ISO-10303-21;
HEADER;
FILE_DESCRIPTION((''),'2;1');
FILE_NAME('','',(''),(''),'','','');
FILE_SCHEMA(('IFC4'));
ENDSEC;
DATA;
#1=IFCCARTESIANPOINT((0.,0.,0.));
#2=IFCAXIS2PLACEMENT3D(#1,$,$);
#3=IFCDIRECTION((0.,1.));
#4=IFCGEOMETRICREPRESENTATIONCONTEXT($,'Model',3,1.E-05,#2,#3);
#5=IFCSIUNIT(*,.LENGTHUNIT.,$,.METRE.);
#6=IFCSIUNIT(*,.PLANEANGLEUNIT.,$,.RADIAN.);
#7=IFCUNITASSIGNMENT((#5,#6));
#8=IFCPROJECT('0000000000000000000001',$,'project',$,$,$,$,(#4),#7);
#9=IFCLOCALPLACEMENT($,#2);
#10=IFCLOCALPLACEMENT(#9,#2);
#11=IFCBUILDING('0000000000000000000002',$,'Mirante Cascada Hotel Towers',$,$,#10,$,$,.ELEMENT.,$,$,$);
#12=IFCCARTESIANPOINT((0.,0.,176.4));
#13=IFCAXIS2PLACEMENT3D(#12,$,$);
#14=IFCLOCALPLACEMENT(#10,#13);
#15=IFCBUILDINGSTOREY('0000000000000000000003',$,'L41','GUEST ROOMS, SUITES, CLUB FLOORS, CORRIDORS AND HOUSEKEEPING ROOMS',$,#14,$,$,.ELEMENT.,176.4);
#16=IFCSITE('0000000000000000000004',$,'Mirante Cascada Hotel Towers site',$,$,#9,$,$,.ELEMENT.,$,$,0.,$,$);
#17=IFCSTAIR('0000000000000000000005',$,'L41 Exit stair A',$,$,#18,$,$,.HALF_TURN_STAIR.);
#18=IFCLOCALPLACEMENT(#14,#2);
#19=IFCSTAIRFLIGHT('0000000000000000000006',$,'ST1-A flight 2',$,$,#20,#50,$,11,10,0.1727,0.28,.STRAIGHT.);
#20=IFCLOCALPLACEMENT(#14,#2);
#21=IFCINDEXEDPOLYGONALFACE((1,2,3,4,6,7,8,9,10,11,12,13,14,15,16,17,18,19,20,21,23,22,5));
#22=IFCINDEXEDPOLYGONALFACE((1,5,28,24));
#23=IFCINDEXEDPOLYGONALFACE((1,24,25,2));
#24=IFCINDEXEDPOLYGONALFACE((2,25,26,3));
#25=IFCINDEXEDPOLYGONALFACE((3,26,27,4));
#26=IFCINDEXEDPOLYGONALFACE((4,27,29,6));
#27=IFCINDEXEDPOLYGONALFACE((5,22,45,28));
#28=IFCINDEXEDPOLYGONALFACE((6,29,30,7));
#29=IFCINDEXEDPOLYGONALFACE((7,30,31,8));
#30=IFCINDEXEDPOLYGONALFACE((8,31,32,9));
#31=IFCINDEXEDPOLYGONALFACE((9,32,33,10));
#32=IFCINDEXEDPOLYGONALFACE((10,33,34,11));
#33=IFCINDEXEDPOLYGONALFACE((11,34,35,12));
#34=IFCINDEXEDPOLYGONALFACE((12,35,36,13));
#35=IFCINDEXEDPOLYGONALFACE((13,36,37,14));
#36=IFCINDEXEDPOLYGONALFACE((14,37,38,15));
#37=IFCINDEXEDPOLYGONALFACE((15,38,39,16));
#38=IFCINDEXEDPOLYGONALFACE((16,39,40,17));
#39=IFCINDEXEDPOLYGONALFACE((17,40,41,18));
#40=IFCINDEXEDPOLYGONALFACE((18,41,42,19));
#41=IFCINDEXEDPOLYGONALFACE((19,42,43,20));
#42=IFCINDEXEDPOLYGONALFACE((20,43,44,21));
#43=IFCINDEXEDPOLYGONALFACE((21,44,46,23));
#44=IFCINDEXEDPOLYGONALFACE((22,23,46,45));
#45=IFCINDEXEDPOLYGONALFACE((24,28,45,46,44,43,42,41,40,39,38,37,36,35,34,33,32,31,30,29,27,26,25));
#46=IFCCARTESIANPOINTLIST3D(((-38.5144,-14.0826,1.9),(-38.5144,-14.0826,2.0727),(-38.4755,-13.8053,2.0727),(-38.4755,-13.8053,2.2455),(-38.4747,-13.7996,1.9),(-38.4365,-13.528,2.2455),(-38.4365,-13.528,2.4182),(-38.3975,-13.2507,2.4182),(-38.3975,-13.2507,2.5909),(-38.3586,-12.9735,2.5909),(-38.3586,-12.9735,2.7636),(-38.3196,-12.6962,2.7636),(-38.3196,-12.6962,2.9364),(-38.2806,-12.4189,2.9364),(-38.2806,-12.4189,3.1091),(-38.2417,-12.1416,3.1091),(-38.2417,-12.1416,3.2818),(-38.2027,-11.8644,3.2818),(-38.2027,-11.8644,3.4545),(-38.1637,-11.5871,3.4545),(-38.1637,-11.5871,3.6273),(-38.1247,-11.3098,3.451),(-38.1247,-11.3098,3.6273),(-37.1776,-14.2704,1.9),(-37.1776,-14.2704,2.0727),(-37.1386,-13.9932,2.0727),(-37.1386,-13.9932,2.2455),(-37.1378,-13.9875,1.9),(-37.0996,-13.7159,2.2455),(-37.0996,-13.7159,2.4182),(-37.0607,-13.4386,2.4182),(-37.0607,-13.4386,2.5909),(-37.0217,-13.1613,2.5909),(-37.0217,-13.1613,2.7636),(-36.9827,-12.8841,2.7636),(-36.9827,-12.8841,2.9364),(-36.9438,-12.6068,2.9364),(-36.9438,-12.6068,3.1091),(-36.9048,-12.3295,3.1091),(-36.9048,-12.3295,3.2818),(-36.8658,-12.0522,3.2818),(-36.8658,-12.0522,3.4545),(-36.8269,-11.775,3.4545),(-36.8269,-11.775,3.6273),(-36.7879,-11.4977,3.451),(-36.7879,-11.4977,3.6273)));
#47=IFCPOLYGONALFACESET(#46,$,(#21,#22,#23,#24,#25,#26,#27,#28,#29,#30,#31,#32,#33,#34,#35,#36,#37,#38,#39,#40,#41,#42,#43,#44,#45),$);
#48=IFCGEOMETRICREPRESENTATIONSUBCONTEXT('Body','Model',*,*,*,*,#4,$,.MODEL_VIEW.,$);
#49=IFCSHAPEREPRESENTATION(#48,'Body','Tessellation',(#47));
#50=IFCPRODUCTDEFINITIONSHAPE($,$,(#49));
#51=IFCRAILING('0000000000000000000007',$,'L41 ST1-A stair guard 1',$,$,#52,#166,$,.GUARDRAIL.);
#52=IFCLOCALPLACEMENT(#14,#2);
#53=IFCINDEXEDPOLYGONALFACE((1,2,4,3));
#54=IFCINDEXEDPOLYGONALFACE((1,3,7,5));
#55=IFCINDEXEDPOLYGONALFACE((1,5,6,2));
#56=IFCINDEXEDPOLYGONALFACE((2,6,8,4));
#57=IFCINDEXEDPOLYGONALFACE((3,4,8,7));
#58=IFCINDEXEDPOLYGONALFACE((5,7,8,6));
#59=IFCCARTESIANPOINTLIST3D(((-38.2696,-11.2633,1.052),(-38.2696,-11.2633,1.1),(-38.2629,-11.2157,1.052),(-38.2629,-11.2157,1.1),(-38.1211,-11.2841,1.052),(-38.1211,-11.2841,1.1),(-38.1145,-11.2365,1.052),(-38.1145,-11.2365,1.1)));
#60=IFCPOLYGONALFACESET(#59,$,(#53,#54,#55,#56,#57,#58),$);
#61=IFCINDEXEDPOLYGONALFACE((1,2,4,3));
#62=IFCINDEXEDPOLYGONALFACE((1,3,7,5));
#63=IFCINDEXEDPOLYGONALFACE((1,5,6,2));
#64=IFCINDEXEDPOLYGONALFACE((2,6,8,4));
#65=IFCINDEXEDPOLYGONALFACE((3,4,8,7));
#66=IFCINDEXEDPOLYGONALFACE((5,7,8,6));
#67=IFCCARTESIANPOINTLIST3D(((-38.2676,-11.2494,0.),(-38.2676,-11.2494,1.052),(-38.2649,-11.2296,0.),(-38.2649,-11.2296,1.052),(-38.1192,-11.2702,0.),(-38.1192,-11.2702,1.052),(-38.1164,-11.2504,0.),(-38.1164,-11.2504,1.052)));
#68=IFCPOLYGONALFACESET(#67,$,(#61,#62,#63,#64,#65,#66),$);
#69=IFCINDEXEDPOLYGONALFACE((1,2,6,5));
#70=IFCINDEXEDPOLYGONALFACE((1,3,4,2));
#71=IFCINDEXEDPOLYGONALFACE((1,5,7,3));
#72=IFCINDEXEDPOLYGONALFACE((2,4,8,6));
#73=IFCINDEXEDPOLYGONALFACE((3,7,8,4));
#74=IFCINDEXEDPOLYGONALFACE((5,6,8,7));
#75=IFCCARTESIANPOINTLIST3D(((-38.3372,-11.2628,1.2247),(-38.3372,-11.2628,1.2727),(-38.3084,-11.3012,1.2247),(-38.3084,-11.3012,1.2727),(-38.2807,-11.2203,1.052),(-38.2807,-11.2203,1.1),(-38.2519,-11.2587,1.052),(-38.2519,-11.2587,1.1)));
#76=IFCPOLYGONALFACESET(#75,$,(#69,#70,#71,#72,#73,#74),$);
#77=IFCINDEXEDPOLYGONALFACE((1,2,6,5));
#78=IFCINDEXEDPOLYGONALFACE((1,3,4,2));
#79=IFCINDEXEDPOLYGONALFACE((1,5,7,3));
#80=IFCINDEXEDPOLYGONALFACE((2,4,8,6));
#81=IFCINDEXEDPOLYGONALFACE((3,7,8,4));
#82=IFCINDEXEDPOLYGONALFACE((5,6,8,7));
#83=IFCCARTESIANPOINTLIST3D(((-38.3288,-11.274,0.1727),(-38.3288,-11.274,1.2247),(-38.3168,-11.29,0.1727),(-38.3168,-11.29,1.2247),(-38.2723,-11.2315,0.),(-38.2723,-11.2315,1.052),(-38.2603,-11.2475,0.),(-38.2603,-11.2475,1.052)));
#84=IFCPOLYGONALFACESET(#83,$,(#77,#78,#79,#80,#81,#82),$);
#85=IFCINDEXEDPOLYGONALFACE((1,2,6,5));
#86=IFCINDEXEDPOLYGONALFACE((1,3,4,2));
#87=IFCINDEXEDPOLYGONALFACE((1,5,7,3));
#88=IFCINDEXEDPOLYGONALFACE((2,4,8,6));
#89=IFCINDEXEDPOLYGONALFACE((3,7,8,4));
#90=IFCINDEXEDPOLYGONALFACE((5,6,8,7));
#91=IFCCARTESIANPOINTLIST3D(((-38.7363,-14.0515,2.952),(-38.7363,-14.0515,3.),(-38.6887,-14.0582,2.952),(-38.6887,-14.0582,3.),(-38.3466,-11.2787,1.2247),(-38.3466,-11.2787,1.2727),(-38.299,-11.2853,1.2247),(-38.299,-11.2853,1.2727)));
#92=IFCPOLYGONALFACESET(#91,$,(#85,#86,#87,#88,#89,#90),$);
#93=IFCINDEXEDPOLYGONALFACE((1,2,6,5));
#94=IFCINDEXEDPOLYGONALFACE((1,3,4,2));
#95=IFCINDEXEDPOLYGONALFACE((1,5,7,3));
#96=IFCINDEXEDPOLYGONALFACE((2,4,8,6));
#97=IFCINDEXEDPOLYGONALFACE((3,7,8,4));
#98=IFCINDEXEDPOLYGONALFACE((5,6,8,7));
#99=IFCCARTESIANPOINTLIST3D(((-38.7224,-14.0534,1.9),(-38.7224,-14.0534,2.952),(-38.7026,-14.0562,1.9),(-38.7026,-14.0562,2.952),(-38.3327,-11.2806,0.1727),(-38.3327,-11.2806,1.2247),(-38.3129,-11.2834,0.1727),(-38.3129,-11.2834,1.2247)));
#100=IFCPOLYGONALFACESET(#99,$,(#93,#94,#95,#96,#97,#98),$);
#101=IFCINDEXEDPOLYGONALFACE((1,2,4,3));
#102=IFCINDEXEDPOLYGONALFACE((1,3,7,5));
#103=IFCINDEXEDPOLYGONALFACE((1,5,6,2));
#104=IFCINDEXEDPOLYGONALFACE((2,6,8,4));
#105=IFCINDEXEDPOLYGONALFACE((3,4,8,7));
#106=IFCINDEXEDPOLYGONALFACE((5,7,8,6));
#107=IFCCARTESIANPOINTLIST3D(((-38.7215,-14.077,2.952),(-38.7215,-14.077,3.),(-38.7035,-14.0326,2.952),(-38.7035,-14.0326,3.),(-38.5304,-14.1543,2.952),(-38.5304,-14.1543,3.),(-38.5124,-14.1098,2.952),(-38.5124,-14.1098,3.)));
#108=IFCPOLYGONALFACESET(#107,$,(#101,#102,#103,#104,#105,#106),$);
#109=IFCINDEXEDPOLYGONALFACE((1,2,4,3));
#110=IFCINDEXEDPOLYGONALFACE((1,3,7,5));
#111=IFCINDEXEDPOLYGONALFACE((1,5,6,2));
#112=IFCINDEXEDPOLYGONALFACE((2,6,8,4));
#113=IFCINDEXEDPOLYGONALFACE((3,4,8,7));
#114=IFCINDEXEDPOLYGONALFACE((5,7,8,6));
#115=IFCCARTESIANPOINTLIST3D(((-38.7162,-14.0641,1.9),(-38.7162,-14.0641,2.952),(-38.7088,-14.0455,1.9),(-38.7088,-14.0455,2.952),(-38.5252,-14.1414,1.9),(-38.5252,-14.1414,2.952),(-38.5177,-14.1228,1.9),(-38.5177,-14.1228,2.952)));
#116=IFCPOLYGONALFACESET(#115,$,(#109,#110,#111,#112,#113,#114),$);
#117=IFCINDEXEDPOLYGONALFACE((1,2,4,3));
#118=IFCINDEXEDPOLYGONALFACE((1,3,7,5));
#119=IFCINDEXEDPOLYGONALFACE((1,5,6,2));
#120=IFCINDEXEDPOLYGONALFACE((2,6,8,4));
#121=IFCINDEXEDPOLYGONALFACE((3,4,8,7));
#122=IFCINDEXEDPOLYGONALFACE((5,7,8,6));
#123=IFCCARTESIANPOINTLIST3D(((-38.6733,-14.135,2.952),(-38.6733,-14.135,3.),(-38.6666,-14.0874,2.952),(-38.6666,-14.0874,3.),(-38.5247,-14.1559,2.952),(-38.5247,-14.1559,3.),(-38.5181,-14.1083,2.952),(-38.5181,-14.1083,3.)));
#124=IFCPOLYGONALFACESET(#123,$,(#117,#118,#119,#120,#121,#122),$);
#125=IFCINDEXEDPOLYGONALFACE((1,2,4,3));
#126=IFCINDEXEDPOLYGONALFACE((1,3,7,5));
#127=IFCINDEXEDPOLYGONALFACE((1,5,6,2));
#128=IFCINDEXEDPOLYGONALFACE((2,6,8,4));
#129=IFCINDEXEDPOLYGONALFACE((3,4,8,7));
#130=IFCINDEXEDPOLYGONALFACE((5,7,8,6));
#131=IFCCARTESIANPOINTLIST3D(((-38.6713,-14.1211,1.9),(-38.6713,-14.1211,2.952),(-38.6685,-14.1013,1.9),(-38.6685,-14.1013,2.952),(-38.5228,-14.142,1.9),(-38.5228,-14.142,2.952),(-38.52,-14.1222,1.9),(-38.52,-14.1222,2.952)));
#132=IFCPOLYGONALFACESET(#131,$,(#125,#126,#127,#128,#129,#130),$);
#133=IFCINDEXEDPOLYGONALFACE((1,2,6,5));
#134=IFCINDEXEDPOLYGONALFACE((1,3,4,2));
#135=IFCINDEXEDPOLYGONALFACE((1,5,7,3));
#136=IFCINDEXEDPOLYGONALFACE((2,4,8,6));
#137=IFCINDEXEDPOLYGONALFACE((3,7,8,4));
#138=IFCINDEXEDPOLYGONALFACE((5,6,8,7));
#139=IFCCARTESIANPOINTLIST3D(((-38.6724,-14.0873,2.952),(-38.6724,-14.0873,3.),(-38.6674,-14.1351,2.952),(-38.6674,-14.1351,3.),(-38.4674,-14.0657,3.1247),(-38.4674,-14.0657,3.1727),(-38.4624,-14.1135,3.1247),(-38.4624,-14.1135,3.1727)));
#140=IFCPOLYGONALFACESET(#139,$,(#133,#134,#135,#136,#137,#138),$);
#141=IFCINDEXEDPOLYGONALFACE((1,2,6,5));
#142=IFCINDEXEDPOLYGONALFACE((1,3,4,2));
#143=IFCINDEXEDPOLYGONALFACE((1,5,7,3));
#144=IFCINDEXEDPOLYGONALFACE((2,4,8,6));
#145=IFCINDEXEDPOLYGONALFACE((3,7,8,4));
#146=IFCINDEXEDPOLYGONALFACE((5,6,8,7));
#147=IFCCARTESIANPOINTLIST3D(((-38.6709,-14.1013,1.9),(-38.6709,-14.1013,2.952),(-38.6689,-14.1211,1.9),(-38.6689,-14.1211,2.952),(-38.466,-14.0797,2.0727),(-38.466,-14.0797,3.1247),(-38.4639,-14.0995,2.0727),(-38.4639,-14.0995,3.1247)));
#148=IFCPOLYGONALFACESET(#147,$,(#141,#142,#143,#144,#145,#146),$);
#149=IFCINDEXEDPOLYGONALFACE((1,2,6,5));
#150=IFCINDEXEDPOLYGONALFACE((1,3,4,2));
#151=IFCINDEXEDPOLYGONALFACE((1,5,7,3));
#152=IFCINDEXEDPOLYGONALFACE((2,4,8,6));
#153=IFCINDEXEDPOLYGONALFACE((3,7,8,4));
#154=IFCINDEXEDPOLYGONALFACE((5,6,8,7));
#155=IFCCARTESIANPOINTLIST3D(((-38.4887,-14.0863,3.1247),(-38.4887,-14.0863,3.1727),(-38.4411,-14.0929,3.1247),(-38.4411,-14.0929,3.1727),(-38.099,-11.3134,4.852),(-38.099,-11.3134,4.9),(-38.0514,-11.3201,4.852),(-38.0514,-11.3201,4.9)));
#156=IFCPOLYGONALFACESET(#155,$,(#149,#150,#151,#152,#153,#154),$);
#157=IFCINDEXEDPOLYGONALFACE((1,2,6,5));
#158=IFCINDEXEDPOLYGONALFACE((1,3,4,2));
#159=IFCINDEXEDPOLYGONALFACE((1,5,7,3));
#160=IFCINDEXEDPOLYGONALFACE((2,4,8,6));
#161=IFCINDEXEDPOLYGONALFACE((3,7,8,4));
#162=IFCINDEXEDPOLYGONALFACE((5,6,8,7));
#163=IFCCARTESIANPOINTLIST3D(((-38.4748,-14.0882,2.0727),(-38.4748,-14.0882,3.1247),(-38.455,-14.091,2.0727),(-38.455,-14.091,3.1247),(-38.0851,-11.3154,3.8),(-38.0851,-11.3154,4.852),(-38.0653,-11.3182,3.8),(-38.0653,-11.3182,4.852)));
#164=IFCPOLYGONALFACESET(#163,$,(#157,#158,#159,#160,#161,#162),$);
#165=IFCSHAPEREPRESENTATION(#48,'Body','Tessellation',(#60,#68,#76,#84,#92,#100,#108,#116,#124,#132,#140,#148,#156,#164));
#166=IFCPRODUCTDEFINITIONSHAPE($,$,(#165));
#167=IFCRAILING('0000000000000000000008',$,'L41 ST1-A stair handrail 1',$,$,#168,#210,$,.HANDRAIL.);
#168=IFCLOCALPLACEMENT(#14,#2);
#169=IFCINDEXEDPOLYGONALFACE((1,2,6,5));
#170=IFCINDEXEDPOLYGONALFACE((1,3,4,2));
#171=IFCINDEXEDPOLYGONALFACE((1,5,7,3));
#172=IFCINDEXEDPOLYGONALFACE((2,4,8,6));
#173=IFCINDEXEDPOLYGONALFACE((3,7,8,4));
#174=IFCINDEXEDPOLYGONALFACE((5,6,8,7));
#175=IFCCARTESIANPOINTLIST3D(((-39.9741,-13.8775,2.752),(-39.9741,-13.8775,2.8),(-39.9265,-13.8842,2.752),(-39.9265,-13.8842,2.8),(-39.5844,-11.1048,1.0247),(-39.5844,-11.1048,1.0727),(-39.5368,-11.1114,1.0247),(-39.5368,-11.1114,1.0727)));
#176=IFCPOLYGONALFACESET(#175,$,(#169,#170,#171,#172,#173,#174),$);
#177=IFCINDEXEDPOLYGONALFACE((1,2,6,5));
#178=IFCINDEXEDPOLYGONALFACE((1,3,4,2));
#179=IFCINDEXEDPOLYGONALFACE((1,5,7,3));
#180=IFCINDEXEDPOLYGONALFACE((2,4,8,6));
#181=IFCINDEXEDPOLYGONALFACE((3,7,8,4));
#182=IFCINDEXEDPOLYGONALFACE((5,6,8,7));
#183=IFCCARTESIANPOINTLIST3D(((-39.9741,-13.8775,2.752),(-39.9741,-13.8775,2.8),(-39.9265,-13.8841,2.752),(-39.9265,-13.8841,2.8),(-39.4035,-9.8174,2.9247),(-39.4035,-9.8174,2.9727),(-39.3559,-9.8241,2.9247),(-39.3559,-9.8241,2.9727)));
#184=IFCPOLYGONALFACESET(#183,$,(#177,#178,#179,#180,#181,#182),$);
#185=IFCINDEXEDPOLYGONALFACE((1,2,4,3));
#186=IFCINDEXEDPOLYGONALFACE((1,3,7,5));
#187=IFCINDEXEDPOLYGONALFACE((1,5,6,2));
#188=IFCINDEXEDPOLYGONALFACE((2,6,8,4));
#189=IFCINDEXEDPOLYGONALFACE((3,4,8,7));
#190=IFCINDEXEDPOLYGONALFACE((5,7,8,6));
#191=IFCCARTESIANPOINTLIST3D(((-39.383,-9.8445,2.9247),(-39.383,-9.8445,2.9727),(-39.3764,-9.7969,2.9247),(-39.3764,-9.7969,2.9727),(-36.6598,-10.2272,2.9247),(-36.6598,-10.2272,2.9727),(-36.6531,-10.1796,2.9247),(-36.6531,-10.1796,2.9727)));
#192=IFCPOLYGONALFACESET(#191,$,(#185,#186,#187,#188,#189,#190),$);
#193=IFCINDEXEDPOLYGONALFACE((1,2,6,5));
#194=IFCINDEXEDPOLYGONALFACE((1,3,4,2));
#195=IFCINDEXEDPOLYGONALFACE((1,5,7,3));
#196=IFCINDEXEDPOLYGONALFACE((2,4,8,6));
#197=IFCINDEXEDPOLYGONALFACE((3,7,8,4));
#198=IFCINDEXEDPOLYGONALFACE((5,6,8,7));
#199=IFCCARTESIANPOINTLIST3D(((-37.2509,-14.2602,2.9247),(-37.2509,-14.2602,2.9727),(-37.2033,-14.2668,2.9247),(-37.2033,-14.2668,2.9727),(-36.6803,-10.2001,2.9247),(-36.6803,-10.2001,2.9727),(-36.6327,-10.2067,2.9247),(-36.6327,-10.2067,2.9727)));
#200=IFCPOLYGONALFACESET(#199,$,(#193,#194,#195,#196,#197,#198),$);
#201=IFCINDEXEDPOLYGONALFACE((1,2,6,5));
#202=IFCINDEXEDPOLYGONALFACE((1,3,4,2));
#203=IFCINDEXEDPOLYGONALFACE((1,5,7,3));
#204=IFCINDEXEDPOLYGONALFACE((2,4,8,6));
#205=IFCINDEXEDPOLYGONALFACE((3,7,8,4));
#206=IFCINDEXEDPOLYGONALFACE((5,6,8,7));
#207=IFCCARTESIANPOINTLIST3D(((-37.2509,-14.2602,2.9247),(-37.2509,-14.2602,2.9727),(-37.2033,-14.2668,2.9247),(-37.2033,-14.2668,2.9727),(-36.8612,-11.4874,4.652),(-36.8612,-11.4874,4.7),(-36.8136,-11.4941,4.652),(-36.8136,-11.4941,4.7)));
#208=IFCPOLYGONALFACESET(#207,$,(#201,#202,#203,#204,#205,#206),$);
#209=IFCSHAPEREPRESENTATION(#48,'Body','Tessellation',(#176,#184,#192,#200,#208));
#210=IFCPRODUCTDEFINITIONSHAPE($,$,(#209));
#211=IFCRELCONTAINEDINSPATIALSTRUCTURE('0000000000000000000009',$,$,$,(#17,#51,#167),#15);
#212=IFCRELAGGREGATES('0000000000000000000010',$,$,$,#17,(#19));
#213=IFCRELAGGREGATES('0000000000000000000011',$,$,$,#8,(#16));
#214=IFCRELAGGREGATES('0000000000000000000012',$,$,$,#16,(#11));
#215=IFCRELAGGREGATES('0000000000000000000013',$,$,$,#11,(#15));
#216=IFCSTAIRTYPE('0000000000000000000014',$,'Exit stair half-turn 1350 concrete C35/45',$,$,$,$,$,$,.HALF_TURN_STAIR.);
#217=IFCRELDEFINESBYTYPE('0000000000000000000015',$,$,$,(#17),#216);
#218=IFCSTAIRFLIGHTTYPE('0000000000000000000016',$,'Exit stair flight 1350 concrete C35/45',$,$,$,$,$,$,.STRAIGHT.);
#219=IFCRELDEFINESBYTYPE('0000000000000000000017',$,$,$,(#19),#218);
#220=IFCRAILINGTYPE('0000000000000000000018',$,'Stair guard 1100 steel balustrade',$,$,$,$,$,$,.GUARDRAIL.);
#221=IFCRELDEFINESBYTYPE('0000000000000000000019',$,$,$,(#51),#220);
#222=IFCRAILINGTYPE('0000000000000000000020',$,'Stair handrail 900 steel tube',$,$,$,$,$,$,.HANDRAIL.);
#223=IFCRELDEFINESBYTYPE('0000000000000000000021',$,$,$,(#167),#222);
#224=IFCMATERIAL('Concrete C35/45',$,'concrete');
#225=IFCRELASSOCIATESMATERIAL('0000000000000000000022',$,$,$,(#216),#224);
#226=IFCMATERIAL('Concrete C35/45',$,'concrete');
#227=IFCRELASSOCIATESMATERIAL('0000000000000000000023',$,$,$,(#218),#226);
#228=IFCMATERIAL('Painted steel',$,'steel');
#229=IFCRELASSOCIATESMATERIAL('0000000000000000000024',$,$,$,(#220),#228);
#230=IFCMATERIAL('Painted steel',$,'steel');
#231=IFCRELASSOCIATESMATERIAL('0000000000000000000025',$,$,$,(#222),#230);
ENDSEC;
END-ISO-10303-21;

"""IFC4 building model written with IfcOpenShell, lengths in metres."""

from ifc_helpers import new_model, si_unit, direction, frame, origin, origin_2d, place, context, subcontext, project, spatial, polyline, rectangle, outline, extrude, material, type_object, element, aggregate, save


model = new_model("IFC4")

# Units and contexts
model_context = context("Model", 3, precision=1e-05, world=origin(), true_north=direction((0.0, 1.0)))
body_context = subcontext(model_context, "Body", "Model", "MODEL_VIEW")
ifc_project = project(units=[si_unit("LENGTHUNIT", "METRE"), si_unit("PLANEANGLEUNIT", "RADIAN")], contexts=[model_context])

# Site, building, storey
site_placement = place(None, origin())
site = spatial("IfcSite", under=ifc_project, at=site_placement, Name="Mirante Cascada Hotel Towers site", CompositionType="ELEMENT", RefElevation=0.0)
building_placement = place(site_placement, origin())
building = spatial("IfcBuilding", under=site, at=building_placement, Name="Mirante Cascada Hotel Towers", CompositionType="ELEMENT")
storey_placement = place(building_placement, frame((0.0, 0.0, 176.4)))
storey = spatial("IfcBuildingStorey", under=building, at=storey_placement, Name="L41", Description="GUEST ROOMS, SUITES, CLUB FLOORS, CORRIDORS AND HOUSEKEEPING ROOMS", CompositionType="ELEMENT", Elevation=176.4)

# Stair, stair flight
ifc_material_1 = material(Name="Concrete C35/45", Category="concrete")
stair_type = type_object("IfcStairType", Name="Exit stair half-turn 1350 concrete C35/45", PredefinedType="HALF_TURN_STAIR", material=ifc_material_1)
stair_placement = place(storey_placement, origin())
stair = element("IfcStair", 1, at=stair_placement, inside=storey, type_object=stair_type, Name="L41 Exit stair A", PredefinedType="HALF_TURN_STAIR")
ifc_material_2 = material(Name="Concrete C35/45", Category="concrete")
stair_flight_type = type_object("IfcStairFlightType", Name="Exit stair flight 1350 concrete C35/45", PredefinedType="STRAIGHT", material=ifc_material_2)
stair_flight_1_placement = place(storey_placement, frame((-37.846, -14.1765, 1.9), z_axis=(0.0, 0.0, 1.0), x_axis=(0.139173, 0.990268, 0.0)))
stair_flight_1 = element("IfcStairFlight", 2, at=stair_flight_1_placement, type_object=stair_flight_type, Name="ST1-A flight 2", NumberOfRisers=11, NumberOfTreads=10, PredefinedType="STRAIGHT", RiserHeight=0.1727, TreadLength=0.28, context=body_context, shape_type="SweptSolid", body=[
    extrude(outline(polyline([(0.0, 0.0), (0.0, 0.1727), (0.28, 0.1727), (0.28, 0.3455), (0.56, 0.3455), (0.56, 0.5182), (0.84, 0.5182), (0.84, 0.6909), (1.12, 0.6909), (1.12, 0.8636), (1.4, 0.8636), (1.4, 1.0364), (1.68, 1.0364), (1.68, 1.2091), (1.96, 1.2091), (1.96, 1.3818), (2.24, 1.3818), (2.24, 1.5545), (2.52, 1.5545), (2.52, 1.7273), (2.8, 1.7273), (2.8, 1.9), (2.8, 1.551), (0.2857, 0.0), (0.0, 0.0)])), frame((0.0, 0.675, 0.0), z_axis=(0.0, -1.0, 0.0), x_axis=(1.0, 0.0, 0.0)), (0.0, 0.0, 1.0), 1.35),
])
aggregate(stair, [stair_flight_1])

# Railings
ifc_material_3 = material(Name="Painted steel", Category="steel")
railing_type_1 = type_object("IfcRailingType", Name="Stair guard 1100 steel balustrade", PredefinedType="GUARDRAIL", material=ifc_material_3)
railing_1_placement = place(storey_placement, frame((-38.1178, -11.2603, 0.0)))
element("IfcRailing", 3, at=railing_1_placement, inside=storey, type_object=railing_type_1, Name="L41 ST1-A stair guard 1", PredefinedType="GUARDRAIL", context=body_context, shape_type="SweptSolid", body=[
    extrude(rectangle(XDim=0.048, YDim=0.048, at=origin_2d()), frame((0.0, 0.0, 1.076), z_axis=(-0.990333, 0.138713, 0.0), x_axis=(-0.138713, -0.990333, 0.0)), (0.0, 0.0, 1.0), 0.1499),
    extrude(rectangle(XDim=0.02, YDim=1.052, at=origin_2d()), frame((0.0, 0.0, 0.526), z_axis=(-0.990333, 0.138713, 0.0), x_axis=(-0.138713, -0.990333, 0.0)), (0.0, 0.0, 1.0), 0.1499),
    extrude(rectangle(XDim=0.048, YDim=0.048, at=origin_2d()), frame((-0.1485, 0.0208, 1.076), z_axis=(-0.79915, -0.601131, 0.0), x_axis=(0.601131, -0.79915, 0.0)), (0.0, 0.925453, 0.378863), 0.1866),
    extrude(rectangle(XDim=0.02, YDim=1.052, at=origin_2d()), frame((-0.1485, 0.0208, 0.526), z_axis=(-0.79915, -0.601131, 0.0), x_axis=(0.601131, -0.79915, 0.0)), (0.0, 0.925453, 0.378863), 0.1866),
    extrude(rectangle(XDim=0.048, YDim=0.048, at=origin_2d()), frame((-0.205, -0.0217, 1.2487), z_axis=(-0.139176, -0.990268, 0.0), x_axis=(0.990268, -0.139176, 0.0)), (0.0, 0.525021, 0.851089), 3.29),
    extrude(rectangle(XDim=0.02, YDim=1.052, at=origin_2d()), frame((-0.205, -0.0217, 0.6987), z_axis=(-0.139176, -0.990268, 0.0), x_axis=(0.990268, -0.139176, 0.0)), (0.0, 0.525021, 0.851089), 3.29),
    extrude(rectangle(XDim=0.048, YDim=0.048, at=origin_2d()), frame((-0.5947, -2.7945, 2.976), z_axis=(0.927031, -0.374984, 0.0), x_axis=(0.374984, 0.927031, 0.0)), (0.0, 0.0, 1.0), 0.2061),
    extrude(rectangle(XDim=0.02, YDim=1.052, at=origin_2d()), frame((-0.5947, -2.7945, 2.426), z_axis=(0.927031, -0.374984, 0.0), x_axis=(0.374984, 0.927031, 0.0)), (0.0, 0.0, 1.0), 0.2061),
    extrude(rectangle(XDim=0.048, YDim=0.048, at=origin_2d()), frame((-0.4036, -2.8718, 2.976), z_axis=(-0.990241, 0.139367, 0.0), x_axis=(-0.139367, -0.990241, 0.0)), (0.0, 0.0, 1.0), 0.15),
    extrude(rectangle(XDim=0.02, YDim=1.052, at=origin_2d()), frame((-0.4036, -2.8718, 2.426), z_axis=(-0.990241, 0.139367, 0.0), x_axis=(-0.139367, -0.990241, 0.0)), (0.0, 0.0, 1.0), 0.15),
    extrude(rectangle(XDim=0.048, YDim=0.048, at=origin_2d()), frame((-0.5521, -2.8509, 2.976), z_axis=(0.994495, 0.104786, 0.0), x_axis=(-0.104786, 0.994495, 0.0)), (0.0, 0.642203, 0.766534), 0.2689),
    extrude(rectangle(XDim=0.02, YDim=1.052, at=origin_2d()), frame((-0.5521, -2.8509, 2.426), z_axis=(0.994495, 0.104786, 0.0), x_axis=(-0.104786, 0.994495, 0.0)), (0.0, 0.642203, 0.766534), 0.2689),
    extrude(rectangle(XDim=0.048, YDim=0.048, at=origin_2d()), frame((-0.3471, -2.8293, 3.1487), z_axis=(0.139176, 0.990268, 0.0), x_axis=(-0.990268, 0.139176, 0.0)), (0.0, 0.525021, 0.851089), 3.29),
    extrude(rectangle(XDim=0.02, YDim=1.052, at=origin_2d()), frame((-0.3471, -2.8293, 2.5987), z_axis=(0.139176, 0.990268, 0.0), x_axis=(-0.990268, 0.139176, 0.0)), (0.0, 0.525021, 0.851089), 3.29),
])
ifc_material_4 = material(Name="Painted steel", Category="steel")
railing_type_2 = type_object("IfcRailingType", Name="Stair handrail 900 steel tube", PredefinedType="HANDRAIL", material=ifc_material_4)
railing_2_placement = place(storey_placement, frame((-39.5606, -11.1081, 0.1727)))
element("IfcRailing", 4, at=railing_2_placement, inside=storey, type_object=railing_type_2, Name="L41 ST1-A stair handrail 1", PredefinedType="HANDRAIL", context=body_context, shape_type="SweptSolid", body=[
    extrude(rectangle(XDim=0.048, YDim=0.048, at=origin_2d()), frame((0.0, 0.0, 0.876), z_axis=(-0.139181, -0.990267, 0.0), x_axis=(0.990267, -0.139181, 0.0)), (0.0, 0.525035, 0.851081), 3.2899),
    extrude(rectangle(XDim=0.048, YDim=0.048, at=origin_2d()), frame((-0.3897, -2.7727, 2.6033), z_axis=(0.139171, 0.990268, 0.0), x_axis=(-0.990268, 0.139171, 0.0)), (0.0, 0.042085, 0.999114), 4.1036),
    extrude(rectangle(XDim=0.048, YDim=0.048, at=origin_2d()), frame((0.1809, 1.2874, 2.776), z_axis=(0.990269, -0.139166, 0.0), x_axis=(0.139166, 0.990269, 0.0)), (0.0, 0.0, 1.0), 2.75),
    extrude(rectangle(XDim=0.048, YDim=0.048, at=origin_2d()), frame((2.9041, 0.9047, 2.776), z_axis=(-0.139171, -0.990268, 0.0), x_axis=(0.990268, -0.139171, 0.0)), (0.0, 0.0, 1.0), 4.1),
    extrude(rectangle(XDim=0.048, YDim=0.048, at=origin_2d()), frame((2.3335, -3.1554, 2.776), z_axis=(0.139181, 0.990267, 0.0), x_axis=(-0.990267, 0.139181, 0.0)), (0.0, 0.525035, 0.851081), 3.2899),
])

save(model, "model.ifc")
